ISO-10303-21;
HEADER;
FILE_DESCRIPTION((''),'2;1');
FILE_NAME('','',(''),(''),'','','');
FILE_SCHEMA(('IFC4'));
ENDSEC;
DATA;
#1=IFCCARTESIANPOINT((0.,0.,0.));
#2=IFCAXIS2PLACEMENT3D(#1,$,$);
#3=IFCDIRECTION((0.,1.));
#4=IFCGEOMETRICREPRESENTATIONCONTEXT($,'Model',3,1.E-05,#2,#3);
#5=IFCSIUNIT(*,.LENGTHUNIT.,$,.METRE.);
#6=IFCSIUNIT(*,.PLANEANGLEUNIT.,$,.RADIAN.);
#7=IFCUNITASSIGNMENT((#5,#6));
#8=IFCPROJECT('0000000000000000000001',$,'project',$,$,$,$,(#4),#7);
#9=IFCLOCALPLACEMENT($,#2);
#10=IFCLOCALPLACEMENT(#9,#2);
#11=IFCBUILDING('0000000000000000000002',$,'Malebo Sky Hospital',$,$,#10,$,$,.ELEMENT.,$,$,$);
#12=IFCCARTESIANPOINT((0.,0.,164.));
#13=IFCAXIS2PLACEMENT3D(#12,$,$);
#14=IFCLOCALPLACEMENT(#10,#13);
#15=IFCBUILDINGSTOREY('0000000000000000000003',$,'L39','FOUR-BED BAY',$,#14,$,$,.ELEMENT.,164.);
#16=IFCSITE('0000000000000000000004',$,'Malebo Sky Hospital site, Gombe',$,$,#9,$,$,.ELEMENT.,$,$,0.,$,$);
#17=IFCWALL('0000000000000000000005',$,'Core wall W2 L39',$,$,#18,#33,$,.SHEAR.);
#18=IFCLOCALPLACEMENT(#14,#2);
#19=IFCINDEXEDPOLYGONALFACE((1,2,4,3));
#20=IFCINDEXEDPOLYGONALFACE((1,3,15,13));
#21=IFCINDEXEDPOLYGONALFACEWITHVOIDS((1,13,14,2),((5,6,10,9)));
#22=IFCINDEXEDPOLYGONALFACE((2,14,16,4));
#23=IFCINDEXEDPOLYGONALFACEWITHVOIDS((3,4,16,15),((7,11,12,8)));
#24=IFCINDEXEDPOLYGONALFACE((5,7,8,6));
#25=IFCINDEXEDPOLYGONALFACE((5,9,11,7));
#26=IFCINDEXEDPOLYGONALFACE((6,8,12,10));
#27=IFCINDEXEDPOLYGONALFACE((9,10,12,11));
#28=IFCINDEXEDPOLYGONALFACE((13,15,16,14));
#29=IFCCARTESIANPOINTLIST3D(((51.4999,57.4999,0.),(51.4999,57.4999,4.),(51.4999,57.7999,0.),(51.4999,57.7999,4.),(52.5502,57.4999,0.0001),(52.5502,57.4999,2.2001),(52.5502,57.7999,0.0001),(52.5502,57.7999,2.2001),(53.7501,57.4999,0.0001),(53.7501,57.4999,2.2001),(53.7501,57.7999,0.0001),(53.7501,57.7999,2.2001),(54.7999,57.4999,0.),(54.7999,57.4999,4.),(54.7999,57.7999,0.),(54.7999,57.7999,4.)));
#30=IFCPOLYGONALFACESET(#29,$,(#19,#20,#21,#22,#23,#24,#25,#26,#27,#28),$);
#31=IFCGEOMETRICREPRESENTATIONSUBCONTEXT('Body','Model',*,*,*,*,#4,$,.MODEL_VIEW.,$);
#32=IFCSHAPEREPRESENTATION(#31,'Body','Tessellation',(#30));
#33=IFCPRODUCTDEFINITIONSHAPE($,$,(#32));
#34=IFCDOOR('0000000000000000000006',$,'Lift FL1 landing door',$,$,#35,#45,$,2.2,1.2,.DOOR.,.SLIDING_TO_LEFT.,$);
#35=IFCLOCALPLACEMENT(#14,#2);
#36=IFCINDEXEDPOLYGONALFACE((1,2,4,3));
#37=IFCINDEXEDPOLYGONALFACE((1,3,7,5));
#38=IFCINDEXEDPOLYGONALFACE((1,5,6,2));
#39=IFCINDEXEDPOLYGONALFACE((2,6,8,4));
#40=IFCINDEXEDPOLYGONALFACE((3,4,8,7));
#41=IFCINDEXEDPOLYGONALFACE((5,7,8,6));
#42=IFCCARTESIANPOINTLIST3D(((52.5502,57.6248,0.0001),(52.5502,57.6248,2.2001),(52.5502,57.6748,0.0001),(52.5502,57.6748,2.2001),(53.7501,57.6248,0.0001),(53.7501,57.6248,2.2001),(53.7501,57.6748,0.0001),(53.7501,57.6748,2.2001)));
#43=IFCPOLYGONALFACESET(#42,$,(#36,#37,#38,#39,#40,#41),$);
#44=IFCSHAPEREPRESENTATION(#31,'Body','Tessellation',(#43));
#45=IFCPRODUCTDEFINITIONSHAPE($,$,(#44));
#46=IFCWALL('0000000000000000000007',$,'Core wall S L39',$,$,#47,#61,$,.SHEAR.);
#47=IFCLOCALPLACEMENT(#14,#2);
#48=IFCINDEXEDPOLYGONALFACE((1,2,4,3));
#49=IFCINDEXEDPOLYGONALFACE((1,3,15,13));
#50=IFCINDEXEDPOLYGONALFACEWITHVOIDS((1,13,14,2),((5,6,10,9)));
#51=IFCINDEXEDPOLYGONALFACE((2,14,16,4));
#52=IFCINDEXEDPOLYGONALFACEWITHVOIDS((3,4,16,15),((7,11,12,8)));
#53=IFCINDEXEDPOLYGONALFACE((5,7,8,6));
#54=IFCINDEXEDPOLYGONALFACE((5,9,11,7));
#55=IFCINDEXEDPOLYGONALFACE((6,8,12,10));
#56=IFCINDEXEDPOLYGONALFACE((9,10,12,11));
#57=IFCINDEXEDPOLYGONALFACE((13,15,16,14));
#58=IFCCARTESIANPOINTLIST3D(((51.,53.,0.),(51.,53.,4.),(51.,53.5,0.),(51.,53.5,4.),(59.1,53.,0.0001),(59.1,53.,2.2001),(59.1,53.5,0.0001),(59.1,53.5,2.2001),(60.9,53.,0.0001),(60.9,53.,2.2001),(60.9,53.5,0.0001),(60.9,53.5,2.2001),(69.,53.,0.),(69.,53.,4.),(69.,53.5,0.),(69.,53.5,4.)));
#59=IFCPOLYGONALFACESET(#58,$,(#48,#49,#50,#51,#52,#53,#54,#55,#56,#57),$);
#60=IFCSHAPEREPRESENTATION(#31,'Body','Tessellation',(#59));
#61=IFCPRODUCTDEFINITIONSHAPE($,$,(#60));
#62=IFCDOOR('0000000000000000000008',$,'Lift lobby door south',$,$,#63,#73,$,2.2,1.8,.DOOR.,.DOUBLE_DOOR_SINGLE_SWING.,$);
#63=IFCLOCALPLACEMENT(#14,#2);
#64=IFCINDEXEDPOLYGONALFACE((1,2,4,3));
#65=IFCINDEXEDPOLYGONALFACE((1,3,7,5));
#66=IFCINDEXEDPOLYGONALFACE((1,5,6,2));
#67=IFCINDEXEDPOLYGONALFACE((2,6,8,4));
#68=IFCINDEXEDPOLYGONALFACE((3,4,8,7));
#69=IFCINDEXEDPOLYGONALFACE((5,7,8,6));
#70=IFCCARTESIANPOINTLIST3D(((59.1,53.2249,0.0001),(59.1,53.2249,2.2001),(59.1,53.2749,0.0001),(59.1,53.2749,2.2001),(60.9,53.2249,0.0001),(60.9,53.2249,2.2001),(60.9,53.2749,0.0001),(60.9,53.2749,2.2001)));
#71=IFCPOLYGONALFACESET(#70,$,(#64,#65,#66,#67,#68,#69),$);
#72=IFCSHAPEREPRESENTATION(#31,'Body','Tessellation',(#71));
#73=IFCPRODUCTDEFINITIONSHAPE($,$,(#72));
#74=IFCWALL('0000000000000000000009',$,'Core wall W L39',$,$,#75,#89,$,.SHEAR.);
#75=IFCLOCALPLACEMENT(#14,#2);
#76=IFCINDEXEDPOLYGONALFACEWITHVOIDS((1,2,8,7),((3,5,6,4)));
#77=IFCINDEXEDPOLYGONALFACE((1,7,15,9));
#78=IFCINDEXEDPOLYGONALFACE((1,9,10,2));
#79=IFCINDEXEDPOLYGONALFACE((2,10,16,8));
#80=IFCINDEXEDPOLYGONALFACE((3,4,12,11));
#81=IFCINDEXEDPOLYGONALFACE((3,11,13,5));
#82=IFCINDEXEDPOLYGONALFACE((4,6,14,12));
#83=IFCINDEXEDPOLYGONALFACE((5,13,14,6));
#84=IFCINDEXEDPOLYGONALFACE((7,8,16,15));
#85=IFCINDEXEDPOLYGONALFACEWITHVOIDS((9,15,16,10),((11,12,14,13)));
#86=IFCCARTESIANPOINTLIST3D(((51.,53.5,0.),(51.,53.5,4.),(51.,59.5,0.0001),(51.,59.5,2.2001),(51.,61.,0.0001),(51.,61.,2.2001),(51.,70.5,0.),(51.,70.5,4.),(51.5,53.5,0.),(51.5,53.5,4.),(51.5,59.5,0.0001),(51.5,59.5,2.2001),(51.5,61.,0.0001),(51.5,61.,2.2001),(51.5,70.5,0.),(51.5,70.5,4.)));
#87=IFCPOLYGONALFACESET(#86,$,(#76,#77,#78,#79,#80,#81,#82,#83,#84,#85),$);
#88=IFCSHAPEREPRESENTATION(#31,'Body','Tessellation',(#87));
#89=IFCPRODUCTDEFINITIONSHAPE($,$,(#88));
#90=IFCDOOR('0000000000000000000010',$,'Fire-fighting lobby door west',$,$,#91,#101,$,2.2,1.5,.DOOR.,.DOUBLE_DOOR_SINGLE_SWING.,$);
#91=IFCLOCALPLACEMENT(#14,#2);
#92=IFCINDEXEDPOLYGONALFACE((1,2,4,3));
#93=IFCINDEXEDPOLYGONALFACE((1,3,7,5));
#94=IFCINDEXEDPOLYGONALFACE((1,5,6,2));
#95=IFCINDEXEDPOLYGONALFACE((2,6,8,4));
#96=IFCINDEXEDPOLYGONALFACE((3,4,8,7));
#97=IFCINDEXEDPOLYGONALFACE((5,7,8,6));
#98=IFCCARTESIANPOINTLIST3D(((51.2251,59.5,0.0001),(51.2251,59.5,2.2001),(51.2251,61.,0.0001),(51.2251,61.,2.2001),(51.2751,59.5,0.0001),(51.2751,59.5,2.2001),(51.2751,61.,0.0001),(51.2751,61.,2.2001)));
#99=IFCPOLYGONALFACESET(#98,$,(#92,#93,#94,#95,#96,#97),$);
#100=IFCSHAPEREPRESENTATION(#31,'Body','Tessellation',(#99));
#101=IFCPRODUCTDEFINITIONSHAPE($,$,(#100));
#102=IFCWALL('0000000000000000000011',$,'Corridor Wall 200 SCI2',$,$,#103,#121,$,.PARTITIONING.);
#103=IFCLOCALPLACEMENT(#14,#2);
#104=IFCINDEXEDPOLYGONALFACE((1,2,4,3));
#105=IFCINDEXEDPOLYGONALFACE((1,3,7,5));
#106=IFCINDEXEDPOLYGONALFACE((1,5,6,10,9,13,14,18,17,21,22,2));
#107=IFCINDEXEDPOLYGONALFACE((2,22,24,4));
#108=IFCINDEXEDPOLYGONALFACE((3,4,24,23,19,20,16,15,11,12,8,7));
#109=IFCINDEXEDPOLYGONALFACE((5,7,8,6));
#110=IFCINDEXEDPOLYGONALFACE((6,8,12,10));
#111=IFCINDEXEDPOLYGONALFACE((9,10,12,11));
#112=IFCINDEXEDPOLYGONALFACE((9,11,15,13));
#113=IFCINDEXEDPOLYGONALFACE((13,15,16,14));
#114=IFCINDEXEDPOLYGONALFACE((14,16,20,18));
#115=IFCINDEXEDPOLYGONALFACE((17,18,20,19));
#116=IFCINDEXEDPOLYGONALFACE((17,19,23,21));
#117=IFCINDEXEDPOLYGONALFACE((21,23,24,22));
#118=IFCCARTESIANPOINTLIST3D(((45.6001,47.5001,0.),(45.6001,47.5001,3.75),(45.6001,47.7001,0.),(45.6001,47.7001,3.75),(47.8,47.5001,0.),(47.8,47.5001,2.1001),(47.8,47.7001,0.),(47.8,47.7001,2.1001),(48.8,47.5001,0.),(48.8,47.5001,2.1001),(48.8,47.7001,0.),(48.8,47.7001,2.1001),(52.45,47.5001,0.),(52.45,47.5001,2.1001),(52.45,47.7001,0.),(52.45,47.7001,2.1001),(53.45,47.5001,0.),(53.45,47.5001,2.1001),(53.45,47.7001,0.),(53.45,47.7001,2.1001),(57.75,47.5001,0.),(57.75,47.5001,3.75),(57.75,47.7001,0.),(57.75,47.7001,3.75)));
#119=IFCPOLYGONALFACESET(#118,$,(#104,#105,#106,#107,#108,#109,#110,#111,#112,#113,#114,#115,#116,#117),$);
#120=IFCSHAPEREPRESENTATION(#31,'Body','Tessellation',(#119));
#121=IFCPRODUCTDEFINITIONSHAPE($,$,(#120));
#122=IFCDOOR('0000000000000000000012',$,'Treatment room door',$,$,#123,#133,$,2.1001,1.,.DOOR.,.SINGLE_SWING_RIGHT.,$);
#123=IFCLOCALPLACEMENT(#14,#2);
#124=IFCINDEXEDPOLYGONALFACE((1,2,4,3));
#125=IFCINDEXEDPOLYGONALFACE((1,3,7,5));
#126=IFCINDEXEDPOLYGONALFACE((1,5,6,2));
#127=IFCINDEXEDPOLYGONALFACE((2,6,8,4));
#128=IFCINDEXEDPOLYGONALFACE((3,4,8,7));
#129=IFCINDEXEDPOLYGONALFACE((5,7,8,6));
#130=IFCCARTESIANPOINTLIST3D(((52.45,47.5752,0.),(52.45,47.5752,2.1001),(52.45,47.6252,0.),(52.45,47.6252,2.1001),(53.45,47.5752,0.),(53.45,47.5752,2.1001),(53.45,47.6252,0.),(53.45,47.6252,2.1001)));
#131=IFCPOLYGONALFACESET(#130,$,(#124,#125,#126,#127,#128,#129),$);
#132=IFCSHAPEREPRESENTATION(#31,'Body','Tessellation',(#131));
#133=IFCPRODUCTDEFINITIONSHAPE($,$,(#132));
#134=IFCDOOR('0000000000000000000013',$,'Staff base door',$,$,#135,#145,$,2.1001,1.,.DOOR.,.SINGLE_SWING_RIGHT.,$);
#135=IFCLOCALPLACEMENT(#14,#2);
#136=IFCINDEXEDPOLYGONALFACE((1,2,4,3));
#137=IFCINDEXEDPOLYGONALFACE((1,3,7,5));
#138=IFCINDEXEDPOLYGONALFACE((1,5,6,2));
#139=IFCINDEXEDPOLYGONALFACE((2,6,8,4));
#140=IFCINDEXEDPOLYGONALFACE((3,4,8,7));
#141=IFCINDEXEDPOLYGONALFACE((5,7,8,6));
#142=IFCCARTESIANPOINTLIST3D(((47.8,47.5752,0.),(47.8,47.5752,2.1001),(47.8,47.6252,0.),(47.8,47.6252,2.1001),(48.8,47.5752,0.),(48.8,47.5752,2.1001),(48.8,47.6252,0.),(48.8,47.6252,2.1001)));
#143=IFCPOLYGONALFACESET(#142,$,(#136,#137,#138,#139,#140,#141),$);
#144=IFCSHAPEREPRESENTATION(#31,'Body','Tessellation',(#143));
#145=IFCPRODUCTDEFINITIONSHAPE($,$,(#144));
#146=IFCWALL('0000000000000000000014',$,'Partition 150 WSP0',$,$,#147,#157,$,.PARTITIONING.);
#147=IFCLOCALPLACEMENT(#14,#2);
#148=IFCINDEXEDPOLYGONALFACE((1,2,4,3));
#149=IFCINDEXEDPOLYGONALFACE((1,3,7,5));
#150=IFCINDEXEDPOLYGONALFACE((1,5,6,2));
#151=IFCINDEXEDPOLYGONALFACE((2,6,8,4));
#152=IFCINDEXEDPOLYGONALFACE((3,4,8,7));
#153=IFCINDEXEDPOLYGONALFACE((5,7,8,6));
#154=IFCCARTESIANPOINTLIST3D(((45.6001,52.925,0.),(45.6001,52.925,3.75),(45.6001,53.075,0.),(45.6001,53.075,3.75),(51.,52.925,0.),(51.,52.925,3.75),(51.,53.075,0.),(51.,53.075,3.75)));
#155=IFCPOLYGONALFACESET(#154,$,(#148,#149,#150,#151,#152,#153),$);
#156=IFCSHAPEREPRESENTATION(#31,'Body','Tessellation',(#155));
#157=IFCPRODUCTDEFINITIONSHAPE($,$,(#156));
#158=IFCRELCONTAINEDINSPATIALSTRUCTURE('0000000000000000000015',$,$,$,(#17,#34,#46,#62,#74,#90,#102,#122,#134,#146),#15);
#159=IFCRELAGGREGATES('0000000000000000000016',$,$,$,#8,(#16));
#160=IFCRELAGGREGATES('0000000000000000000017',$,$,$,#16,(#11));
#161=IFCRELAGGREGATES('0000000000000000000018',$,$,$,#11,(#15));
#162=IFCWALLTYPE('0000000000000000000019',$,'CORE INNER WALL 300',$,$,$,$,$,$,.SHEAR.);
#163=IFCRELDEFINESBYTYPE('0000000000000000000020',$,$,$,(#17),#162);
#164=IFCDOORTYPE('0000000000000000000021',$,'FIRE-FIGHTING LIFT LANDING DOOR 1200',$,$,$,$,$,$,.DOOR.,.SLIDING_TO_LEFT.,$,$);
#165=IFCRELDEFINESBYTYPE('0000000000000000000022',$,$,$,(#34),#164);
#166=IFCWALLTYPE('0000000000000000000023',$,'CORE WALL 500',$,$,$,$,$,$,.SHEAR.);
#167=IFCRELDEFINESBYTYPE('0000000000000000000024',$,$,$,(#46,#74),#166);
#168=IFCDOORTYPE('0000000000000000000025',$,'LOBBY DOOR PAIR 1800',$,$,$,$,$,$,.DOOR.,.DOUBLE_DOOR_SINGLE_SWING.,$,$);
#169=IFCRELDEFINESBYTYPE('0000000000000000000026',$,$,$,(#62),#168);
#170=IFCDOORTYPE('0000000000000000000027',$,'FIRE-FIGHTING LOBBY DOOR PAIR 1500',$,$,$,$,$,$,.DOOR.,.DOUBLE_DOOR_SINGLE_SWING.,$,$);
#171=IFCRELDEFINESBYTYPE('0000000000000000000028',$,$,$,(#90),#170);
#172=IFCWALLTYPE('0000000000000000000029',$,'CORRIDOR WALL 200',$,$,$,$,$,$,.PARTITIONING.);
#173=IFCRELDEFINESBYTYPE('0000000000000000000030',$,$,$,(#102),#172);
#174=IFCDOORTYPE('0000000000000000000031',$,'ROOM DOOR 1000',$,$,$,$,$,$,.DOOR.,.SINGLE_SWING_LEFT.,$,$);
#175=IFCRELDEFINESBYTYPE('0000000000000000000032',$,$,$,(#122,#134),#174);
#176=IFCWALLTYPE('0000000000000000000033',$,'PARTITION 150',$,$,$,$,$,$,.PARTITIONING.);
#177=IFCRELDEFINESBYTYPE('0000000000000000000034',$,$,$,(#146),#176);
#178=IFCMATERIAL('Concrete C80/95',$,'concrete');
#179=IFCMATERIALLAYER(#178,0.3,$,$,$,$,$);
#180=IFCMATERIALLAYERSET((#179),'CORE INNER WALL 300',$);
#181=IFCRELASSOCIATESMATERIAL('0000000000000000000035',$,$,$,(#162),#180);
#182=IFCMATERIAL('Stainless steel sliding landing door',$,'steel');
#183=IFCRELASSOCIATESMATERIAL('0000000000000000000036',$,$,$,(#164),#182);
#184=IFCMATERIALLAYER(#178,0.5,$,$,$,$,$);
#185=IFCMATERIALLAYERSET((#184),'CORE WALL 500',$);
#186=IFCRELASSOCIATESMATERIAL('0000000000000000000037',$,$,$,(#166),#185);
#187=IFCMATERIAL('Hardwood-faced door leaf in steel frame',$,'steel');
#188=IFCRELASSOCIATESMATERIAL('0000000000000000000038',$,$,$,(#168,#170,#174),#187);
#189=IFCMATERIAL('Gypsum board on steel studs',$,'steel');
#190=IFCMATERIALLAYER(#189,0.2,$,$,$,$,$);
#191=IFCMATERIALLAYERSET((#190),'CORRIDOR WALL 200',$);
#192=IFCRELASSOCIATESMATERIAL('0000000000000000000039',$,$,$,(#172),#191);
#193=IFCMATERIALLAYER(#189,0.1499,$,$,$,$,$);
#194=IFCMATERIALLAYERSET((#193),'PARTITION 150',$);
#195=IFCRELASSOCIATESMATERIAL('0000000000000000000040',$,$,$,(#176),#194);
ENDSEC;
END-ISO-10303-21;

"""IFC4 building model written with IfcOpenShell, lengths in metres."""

from ifc_helpers import new_model, si_unit, direction, frame, frame_2d, origin, place, context, subcontext, project, spatial, rectangle, extrude, material, layer, layer_set, type_object, element, fill, save


model = new_model("IFC4")

# Units and contexts
model_context = context("Model", 3, precision=1e-05, world=origin(), true_north=direction((0.0, 1.0)))
body_context = subcontext(model_context, "Body", "Model", "MODEL_VIEW")
ifc_project = project(units=[si_unit("LENGTHUNIT", "METRE"), si_unit("PLANEANGLEUNIT", "RADIAN")], contexts=[model_context])

# Site, building, storey
site_placement = place(None, origin())
site = spatial("IfcSite", under=ifc_project, at=site_placement, Name="Malebo Sky Hospital site, Gombe", CompositionType="ELEMENT", RefElevation=0.0)
building_placement = place(site_placement, origin())
building = spatial("IfcBuilding", under=site, at=building_placement, Name="Malebo Sky Hospital", CompositionType="ELEMENT")
storey_placement = place(building_placement, frame((0.0, 0.0, 164.0)))
storey = spatial("IfcBuildingStorey", under=building, at=storey_placement, Name="L39", Description="FOUR-BED BAY", CompositionType="ELEMENT", Elevation=164.0)

# Shared definitions
ifc_material_1 = material(Name="Concrete C80/95", Category="concrete")
ifc_material_2 = material(Name="Stainless steel sliding landing door", Category="steel")

# Shared definitions
ifc_layer_1 = layer(ifc_material_1, 0.3)
ifc_layer_set_1 = layer_set([ifc_layer_1], Name="CORE INNER WALL 300")
wall_type_1 = type_object("IfcWallType", Name="CORE INNER WALL 300", PredefinedType="SHEAR", material=ifc_layer_set_1)

# Walls, openings, doors
wall_1_placement = place(storey_placement, frame((51.5, 57.6499, 0.0), z_axis=(0.0, 0.0, 1.0), x_axis=(1.0, 0.0, 0.0)))
wall_1 = element("IfcWall", 1, at=wall_1_placement, inside=storey, type_object=wall_type_1, Name="Core wall W2 L39", PredefinedType="SHEAR", context=body_context, shape_type="SweptSolid", body=[
    extrude(rectangle(XDim=3.3, YDim=0.3, at=frame_2d((1.6499, 0.0))), origin(), (0.0, 0.0, 1.0), 4.0),
])
opening_1_placement = place(wall_1_placement, frame((1.05, 0.0, 0.0)))
opening_1 = element("IfcOpeningElement", 2, at=opening_1_placement, cuts=wall_1, PredefinedType="OPENING", context=body_context, shape_type="SweptSolid", body=[
    extrude(rectangle(XDim=1.2, YDim=2.2, at=frame_2d((0.6001, 1.1001))), frame((0.0, 0.1599, 0.0), z_axis=(0.0, -1.0, 0.0), x_axis=(1.0, 0.0, 0.0)), (0.0, 0.0, 1.0), 0.3201),
])
door_type_1 = type_object("IfcDoorType", Name="FIRE-FIGHTING LIFT LANDING DOOR 1200", OperationType="SLIDING_TO_LEFT", PredefinedType="DOOR", material=ifc_material_2)
door_1_placement = place(opening_1_placement, origin())
door_1 = element("IfcDoor", 3, at=door_1_placement, inside=storey, type_object=door_type_1, Name="Lift FL1 landing door", OperationType="SLIDING_TO_LEFT", OverallHeight=2.2, OverallWidth=1.2, PredefinedType="DOOR", context=body_context, shape_type="SweptSolid", body=[
    extrude(rectangle(XDim=1.2, YDim=2.2, at=frame_2d((0.6001, 1.1001))), frame((0.0, 0.0249, 0.0), z_axis=(0.0, -1.0, 0.0), x_axis=(1.0, 0.0, 0.0)), (0.0, 0.0, 1.0), 0.05),
])
fill(opening_1, door_1)
ifc_layer_2 = layer(ifc_material_1, 0.5)
ifc_layer_set_2 = layer_set([ifc_layer_2], Name="CORE WALL 500")
wall_type_2 = type_object("IfcWallType", Name="CORE WALL 500", PredefinedType="SHEAR", material=ifc_layer_set_2)
wall_2_placement = place(storey_placement, frame((51.0, 53.25, 0.0), z_axis=(0.0, 0.0, 1.0), x_axis=(1.0, 0.0, 0.0)))
wall_2 = element("IfcWall", 4, at=wall_2_placement, inside=storey, type_object=wall_type_2, Name="Core wall S L39", PredefinedType="SHEAR", context=body_context, shape_type="SweptSolid", body=[
    extrude(rectangle(XDim=18.0, YDim=0.5, at=frame_2d((9.0, 0.0))), origin(), (0.0, 0.0, 1.0), 4.0),
])
opening_2_placement = place(wall_2_placement, frame((8.1001, 0.0, 0.0)))
opening_2 = element("IfcOpeningElement", 5, at=opening_2_placement, cuts=wall_2, PredefinedType="OPENING", context=body_context, shape_type="SweptSolid", body=[
    extrude(rectangle(XDim=1.8, YDim=2.2, at=frame_2d((0.8999, 1.1001))), frame((0.0, 0.26, 0.0), z_axis=(0.0, -1.0, 0.0), x_axis=(1.0, 0.0, 0.0)), (0.0, 0.0, 1.0), 0.52),
])
ifc_material_3 = material(Name="Hardwood-faced door leaf in steel frame", Category="steel")
door_type_2 = type_object("IfcDoorType", Name="LOBBY DOOR PAIR 1800", OperationType="DOUBLE_DOOR_SINGLE_SWING", PredefinedType="DOOR", material=ifc_material_3)
door_2_placement = place(opening_2_placement, origin())
door_2 = element("IfcDoor", 6, at=door_2_placement, inside=storey, type_object=door_type_2, Name="Lift lobby door south", OperationType="DOUBLE_DOOR_SINGLE_SWING", OverallHeight=2.2, OverallWidth=1.8, PredefinedType="DOOR", context=body_context, shape_type="SweptSolid", body=[
    extrude(rectangle(XDim=1.8, YDim=2.2, at=frame_2d((0.8999, 1.1001))), frame((0.0, 0.0249, 0.0), z_axis=(0.0, -1.0, 0.0), x_axis=(1.0, 0.0, 0.0)), (0.0, 0.0, 1.0), 0.05),
])
fill(opening_2, door_2)
wall_3_placement = place(storey_placement, frame((51.25, 53.5, 0.0), z_axis=(0.0, 0.0, 1.0), x_axis=(0.0, 1.0, 0.0)))
wall_3 = element("IfcWall", 7, at=wall_3_placement, inside=storey, type_object=wall_type_2, Name="Core wall W L39", PredefinedType="SHEAR", context=body_context, shape_type="SweptSolid", body=[
    extrude(rectangle(XDim=17.0, YDim=0.5, at=frame_2d((8.5, 0.0))), origin(), (0.0, 0.0, 1.0), 4.0),
])
opening_3_placement = place(wall_3_placement, frame((6.0, 0.0, 0.0)))
opening_3 = element("IfcOpeningElement", 8, at=opening_3_placement, cuts=wall_3, PredefinedType="OPENING", context=body_context, shape_type="SweptSolid", body=[
    extrude(rectangle(XDim=1.5, YDim=2.2, at=frame_2d((0.75, 1.1001))), frame((0.0, 0.26, 0.0), z_axis=(0.0, -1.0, 0.0), x_axis=(1.0, 0.0, 0.0)), (0.0, 0.0, 1.0), 0.52),
])
door_type_3 = type_object("IfcDoorType", Name="FIRE-FIGHTING LOBBY DOOR PAIR 1500", OperationType="DOUBLE_DOOR_SINGLE_SWING", PredefinedType="DOOR", material=ifc_material_3)
door_3_placement = place(opening_3_placement, origin())
door_3 = element("IfcDoor", 9, at=door_3_placement, inside=storey, type_object=door_type_3, Name="Fire-fighting lobby door west", OperationType="DOUBLE_DOOR_SINGLE_SWING", OverallHeight=2.2, OverallWidth=1.5, PredefinedType="DOOR", context=body_context, shape_type="SweptSolid", body=[
    extrude(rectangle(XDim=1.5, YDim=2.2, at=frame_2d((0.75, 1.1001))), frame((0.0, 0.0249, 0.0), z_axis=(0.0, -1.0, 0.0), x_axis=(1.0, 0.0, 0.0)), (0.0, 0.0, 1.0), 0.05),
])
fill(opening_3, door_3)

# Wall, openings, doors
ifc_material_4 = material(Name="Gypsum board on steel studs", Category="steel")
ifc_layer_3 = layer(ifc_material_4, 0.2)
ifc_layer_set_3 = layer_set([ifc_layer_3], Name="CORRIDOR WALL 200")
wall_type_3 = type_object("IfcWallType", Name="CORRIDOR WALL 200", PredefinedType="PARTITIONING", material=ifc_layer_set_3)
wall_4_placement = place(storey_placement, frame((57.75, 47.6001, 0.0), z_axis=(0.0, 0.0, 1.0), x_axis=(-1.0, 0.0, 0.0)))
wall_4 = element("IfcWall", 10, at=wall_4_placement, inside=storey, type_object=wall_type_3, Name="Corridor Wall 200 SCI2", PredefinedType="PARTITIONING", context=body_context, shape_type="SweptSolid", body=[
    extrude(rectangle(XDim=12.1499, YDim=0.2, at=frame_2d((6.075, 0.0))), origin(), (0.0, 0.0, 1.0), 3.75),
])
opening_4_placement = place(wall_4_placement, frame((4.3, 0.0, 0.0)))
opening_4 = element("IfcOpeningElement", 11, at=opening_4_placement, cuts=wall_4, PredefinedType="OPENING", context=body_context, shape_type="SweptSolid", body=[
    extrude(rectangle(XDim=1.0, YDim=2.1001, at=frame_2d((0.5, 1.05))), frame((0.0, 0.1099, 0.0), z_axis=(0.0, -1.0, 0.0), x_axis=(1.0, 0.0, 0.0)), (0.0, 0.0, 1.0), 0.22),
])
opening_5_placement = place(wall_4_placement, frame((8.95, 0.0, 0.0)))
opening_5 = element("IfcOpeningElement", 12, at=opening_5_placement, cuts=wall_4, PredefinedType="OPENING", context=body_context, shape_type="SweptSolid", body=[
    extrude(rectangle(XDim=1.0, YDim=2.1001, at=frame_2d((0.5, 1.05))), frame((0.0, 0.1099, 0.0), z_axis=(0.0, -1.0, 0.0), x_axis=(1.0, 0.0, 0.0)), (0.0, 0.0, 1.0), 0.22),
])
door_type_4 = type_object("IfcDoorType", Name="ROOM DOOR 1000", OperationType="SINGLE_SWING_LEFT", PredefinedType="DOOR", material=ifc_material_3)
door_4_placement = place(opening_4_placement, origin())
door_4 = element("IfcDoor", 13, at=door_4_placement, inside=storey, type_object=door_type_4, Name="Treatment room door", OperationType="SINGLE_SWING_RIGHT", OverallHeight=2.1001, OverallWidth=1.0, PredefinedType="DOOR", context=body_context, shape_type="SweptSolid", body=[
    extrude(rectangle(XDim=1.0, YDim=2.1001, at=frame_2d((0.5, 1.05))), frame((0.0, 0.0249, 0.0), z_axis=(0.0, -1.0, 0.0), x_axis=(1.0, 0.0, 0.0)), (0.0, 0.0, 1.0), 0.05),
])
fill(opening_4, door_4)
door_5_placement = place(opening_5_placement, origin())
door_5 = element("IfcDoor", 14, at=door_5_placement, inside=storey, type_object=door_type_4, Name="Staff base door", OperationType="SINGLE_SWING_RIGHT", OverallHeight=2.1001, OverallWidth=1.0, PredefinedType="DOOR", context=body_context, shape_type="SweptSolid", body=[
    extrude(rectangle(XDim=1.0, YDim=2.1001, at=frame_2d((0.5, 1.05))), frame((0.0, 0.0249, 0.0), z_axis=(0.0, -1.0, 0.0), x_axis=(1.0, 0.0, 0.0)), (0.0, 0.0, 1.0), 0.05),
])
fill(opening_5, door_5)

# Wall
ifc_layer_4 = layer(ifc_material_4, 0.1499)
ifc_layer_set_4 = layer_set([ifc_layer_4], Name="PARTITION 150")
wall_type_4 = type_object("IfcWallType", Name="PARTITION 150", PredefinedType="PARTITIONING", material=ifc_layer_set_4)
wall_5_placement = place(storey_placement, frame((51.0, 53.0, 0.0), z_axis=(0.0, 0.0, 1.0), x_axis=(-1.0, 0.0, 0.0)))
element("IfcWall", 15, at=wall_5_placement, inside=storey, type_object=wall_type_4, Name="Partition 150 WSP0", PredefinedType="PARTITIONING", context=body_context, shape_type="SweptSolid", body=[
    extrude(rectangle(XDim=5.3999, YDim=0.1499, at=frame_2d((2.7, 0.0))), origin(), (0.0, 0.0, 1.0), 3.75),
])

save(model, "model.ifc")
